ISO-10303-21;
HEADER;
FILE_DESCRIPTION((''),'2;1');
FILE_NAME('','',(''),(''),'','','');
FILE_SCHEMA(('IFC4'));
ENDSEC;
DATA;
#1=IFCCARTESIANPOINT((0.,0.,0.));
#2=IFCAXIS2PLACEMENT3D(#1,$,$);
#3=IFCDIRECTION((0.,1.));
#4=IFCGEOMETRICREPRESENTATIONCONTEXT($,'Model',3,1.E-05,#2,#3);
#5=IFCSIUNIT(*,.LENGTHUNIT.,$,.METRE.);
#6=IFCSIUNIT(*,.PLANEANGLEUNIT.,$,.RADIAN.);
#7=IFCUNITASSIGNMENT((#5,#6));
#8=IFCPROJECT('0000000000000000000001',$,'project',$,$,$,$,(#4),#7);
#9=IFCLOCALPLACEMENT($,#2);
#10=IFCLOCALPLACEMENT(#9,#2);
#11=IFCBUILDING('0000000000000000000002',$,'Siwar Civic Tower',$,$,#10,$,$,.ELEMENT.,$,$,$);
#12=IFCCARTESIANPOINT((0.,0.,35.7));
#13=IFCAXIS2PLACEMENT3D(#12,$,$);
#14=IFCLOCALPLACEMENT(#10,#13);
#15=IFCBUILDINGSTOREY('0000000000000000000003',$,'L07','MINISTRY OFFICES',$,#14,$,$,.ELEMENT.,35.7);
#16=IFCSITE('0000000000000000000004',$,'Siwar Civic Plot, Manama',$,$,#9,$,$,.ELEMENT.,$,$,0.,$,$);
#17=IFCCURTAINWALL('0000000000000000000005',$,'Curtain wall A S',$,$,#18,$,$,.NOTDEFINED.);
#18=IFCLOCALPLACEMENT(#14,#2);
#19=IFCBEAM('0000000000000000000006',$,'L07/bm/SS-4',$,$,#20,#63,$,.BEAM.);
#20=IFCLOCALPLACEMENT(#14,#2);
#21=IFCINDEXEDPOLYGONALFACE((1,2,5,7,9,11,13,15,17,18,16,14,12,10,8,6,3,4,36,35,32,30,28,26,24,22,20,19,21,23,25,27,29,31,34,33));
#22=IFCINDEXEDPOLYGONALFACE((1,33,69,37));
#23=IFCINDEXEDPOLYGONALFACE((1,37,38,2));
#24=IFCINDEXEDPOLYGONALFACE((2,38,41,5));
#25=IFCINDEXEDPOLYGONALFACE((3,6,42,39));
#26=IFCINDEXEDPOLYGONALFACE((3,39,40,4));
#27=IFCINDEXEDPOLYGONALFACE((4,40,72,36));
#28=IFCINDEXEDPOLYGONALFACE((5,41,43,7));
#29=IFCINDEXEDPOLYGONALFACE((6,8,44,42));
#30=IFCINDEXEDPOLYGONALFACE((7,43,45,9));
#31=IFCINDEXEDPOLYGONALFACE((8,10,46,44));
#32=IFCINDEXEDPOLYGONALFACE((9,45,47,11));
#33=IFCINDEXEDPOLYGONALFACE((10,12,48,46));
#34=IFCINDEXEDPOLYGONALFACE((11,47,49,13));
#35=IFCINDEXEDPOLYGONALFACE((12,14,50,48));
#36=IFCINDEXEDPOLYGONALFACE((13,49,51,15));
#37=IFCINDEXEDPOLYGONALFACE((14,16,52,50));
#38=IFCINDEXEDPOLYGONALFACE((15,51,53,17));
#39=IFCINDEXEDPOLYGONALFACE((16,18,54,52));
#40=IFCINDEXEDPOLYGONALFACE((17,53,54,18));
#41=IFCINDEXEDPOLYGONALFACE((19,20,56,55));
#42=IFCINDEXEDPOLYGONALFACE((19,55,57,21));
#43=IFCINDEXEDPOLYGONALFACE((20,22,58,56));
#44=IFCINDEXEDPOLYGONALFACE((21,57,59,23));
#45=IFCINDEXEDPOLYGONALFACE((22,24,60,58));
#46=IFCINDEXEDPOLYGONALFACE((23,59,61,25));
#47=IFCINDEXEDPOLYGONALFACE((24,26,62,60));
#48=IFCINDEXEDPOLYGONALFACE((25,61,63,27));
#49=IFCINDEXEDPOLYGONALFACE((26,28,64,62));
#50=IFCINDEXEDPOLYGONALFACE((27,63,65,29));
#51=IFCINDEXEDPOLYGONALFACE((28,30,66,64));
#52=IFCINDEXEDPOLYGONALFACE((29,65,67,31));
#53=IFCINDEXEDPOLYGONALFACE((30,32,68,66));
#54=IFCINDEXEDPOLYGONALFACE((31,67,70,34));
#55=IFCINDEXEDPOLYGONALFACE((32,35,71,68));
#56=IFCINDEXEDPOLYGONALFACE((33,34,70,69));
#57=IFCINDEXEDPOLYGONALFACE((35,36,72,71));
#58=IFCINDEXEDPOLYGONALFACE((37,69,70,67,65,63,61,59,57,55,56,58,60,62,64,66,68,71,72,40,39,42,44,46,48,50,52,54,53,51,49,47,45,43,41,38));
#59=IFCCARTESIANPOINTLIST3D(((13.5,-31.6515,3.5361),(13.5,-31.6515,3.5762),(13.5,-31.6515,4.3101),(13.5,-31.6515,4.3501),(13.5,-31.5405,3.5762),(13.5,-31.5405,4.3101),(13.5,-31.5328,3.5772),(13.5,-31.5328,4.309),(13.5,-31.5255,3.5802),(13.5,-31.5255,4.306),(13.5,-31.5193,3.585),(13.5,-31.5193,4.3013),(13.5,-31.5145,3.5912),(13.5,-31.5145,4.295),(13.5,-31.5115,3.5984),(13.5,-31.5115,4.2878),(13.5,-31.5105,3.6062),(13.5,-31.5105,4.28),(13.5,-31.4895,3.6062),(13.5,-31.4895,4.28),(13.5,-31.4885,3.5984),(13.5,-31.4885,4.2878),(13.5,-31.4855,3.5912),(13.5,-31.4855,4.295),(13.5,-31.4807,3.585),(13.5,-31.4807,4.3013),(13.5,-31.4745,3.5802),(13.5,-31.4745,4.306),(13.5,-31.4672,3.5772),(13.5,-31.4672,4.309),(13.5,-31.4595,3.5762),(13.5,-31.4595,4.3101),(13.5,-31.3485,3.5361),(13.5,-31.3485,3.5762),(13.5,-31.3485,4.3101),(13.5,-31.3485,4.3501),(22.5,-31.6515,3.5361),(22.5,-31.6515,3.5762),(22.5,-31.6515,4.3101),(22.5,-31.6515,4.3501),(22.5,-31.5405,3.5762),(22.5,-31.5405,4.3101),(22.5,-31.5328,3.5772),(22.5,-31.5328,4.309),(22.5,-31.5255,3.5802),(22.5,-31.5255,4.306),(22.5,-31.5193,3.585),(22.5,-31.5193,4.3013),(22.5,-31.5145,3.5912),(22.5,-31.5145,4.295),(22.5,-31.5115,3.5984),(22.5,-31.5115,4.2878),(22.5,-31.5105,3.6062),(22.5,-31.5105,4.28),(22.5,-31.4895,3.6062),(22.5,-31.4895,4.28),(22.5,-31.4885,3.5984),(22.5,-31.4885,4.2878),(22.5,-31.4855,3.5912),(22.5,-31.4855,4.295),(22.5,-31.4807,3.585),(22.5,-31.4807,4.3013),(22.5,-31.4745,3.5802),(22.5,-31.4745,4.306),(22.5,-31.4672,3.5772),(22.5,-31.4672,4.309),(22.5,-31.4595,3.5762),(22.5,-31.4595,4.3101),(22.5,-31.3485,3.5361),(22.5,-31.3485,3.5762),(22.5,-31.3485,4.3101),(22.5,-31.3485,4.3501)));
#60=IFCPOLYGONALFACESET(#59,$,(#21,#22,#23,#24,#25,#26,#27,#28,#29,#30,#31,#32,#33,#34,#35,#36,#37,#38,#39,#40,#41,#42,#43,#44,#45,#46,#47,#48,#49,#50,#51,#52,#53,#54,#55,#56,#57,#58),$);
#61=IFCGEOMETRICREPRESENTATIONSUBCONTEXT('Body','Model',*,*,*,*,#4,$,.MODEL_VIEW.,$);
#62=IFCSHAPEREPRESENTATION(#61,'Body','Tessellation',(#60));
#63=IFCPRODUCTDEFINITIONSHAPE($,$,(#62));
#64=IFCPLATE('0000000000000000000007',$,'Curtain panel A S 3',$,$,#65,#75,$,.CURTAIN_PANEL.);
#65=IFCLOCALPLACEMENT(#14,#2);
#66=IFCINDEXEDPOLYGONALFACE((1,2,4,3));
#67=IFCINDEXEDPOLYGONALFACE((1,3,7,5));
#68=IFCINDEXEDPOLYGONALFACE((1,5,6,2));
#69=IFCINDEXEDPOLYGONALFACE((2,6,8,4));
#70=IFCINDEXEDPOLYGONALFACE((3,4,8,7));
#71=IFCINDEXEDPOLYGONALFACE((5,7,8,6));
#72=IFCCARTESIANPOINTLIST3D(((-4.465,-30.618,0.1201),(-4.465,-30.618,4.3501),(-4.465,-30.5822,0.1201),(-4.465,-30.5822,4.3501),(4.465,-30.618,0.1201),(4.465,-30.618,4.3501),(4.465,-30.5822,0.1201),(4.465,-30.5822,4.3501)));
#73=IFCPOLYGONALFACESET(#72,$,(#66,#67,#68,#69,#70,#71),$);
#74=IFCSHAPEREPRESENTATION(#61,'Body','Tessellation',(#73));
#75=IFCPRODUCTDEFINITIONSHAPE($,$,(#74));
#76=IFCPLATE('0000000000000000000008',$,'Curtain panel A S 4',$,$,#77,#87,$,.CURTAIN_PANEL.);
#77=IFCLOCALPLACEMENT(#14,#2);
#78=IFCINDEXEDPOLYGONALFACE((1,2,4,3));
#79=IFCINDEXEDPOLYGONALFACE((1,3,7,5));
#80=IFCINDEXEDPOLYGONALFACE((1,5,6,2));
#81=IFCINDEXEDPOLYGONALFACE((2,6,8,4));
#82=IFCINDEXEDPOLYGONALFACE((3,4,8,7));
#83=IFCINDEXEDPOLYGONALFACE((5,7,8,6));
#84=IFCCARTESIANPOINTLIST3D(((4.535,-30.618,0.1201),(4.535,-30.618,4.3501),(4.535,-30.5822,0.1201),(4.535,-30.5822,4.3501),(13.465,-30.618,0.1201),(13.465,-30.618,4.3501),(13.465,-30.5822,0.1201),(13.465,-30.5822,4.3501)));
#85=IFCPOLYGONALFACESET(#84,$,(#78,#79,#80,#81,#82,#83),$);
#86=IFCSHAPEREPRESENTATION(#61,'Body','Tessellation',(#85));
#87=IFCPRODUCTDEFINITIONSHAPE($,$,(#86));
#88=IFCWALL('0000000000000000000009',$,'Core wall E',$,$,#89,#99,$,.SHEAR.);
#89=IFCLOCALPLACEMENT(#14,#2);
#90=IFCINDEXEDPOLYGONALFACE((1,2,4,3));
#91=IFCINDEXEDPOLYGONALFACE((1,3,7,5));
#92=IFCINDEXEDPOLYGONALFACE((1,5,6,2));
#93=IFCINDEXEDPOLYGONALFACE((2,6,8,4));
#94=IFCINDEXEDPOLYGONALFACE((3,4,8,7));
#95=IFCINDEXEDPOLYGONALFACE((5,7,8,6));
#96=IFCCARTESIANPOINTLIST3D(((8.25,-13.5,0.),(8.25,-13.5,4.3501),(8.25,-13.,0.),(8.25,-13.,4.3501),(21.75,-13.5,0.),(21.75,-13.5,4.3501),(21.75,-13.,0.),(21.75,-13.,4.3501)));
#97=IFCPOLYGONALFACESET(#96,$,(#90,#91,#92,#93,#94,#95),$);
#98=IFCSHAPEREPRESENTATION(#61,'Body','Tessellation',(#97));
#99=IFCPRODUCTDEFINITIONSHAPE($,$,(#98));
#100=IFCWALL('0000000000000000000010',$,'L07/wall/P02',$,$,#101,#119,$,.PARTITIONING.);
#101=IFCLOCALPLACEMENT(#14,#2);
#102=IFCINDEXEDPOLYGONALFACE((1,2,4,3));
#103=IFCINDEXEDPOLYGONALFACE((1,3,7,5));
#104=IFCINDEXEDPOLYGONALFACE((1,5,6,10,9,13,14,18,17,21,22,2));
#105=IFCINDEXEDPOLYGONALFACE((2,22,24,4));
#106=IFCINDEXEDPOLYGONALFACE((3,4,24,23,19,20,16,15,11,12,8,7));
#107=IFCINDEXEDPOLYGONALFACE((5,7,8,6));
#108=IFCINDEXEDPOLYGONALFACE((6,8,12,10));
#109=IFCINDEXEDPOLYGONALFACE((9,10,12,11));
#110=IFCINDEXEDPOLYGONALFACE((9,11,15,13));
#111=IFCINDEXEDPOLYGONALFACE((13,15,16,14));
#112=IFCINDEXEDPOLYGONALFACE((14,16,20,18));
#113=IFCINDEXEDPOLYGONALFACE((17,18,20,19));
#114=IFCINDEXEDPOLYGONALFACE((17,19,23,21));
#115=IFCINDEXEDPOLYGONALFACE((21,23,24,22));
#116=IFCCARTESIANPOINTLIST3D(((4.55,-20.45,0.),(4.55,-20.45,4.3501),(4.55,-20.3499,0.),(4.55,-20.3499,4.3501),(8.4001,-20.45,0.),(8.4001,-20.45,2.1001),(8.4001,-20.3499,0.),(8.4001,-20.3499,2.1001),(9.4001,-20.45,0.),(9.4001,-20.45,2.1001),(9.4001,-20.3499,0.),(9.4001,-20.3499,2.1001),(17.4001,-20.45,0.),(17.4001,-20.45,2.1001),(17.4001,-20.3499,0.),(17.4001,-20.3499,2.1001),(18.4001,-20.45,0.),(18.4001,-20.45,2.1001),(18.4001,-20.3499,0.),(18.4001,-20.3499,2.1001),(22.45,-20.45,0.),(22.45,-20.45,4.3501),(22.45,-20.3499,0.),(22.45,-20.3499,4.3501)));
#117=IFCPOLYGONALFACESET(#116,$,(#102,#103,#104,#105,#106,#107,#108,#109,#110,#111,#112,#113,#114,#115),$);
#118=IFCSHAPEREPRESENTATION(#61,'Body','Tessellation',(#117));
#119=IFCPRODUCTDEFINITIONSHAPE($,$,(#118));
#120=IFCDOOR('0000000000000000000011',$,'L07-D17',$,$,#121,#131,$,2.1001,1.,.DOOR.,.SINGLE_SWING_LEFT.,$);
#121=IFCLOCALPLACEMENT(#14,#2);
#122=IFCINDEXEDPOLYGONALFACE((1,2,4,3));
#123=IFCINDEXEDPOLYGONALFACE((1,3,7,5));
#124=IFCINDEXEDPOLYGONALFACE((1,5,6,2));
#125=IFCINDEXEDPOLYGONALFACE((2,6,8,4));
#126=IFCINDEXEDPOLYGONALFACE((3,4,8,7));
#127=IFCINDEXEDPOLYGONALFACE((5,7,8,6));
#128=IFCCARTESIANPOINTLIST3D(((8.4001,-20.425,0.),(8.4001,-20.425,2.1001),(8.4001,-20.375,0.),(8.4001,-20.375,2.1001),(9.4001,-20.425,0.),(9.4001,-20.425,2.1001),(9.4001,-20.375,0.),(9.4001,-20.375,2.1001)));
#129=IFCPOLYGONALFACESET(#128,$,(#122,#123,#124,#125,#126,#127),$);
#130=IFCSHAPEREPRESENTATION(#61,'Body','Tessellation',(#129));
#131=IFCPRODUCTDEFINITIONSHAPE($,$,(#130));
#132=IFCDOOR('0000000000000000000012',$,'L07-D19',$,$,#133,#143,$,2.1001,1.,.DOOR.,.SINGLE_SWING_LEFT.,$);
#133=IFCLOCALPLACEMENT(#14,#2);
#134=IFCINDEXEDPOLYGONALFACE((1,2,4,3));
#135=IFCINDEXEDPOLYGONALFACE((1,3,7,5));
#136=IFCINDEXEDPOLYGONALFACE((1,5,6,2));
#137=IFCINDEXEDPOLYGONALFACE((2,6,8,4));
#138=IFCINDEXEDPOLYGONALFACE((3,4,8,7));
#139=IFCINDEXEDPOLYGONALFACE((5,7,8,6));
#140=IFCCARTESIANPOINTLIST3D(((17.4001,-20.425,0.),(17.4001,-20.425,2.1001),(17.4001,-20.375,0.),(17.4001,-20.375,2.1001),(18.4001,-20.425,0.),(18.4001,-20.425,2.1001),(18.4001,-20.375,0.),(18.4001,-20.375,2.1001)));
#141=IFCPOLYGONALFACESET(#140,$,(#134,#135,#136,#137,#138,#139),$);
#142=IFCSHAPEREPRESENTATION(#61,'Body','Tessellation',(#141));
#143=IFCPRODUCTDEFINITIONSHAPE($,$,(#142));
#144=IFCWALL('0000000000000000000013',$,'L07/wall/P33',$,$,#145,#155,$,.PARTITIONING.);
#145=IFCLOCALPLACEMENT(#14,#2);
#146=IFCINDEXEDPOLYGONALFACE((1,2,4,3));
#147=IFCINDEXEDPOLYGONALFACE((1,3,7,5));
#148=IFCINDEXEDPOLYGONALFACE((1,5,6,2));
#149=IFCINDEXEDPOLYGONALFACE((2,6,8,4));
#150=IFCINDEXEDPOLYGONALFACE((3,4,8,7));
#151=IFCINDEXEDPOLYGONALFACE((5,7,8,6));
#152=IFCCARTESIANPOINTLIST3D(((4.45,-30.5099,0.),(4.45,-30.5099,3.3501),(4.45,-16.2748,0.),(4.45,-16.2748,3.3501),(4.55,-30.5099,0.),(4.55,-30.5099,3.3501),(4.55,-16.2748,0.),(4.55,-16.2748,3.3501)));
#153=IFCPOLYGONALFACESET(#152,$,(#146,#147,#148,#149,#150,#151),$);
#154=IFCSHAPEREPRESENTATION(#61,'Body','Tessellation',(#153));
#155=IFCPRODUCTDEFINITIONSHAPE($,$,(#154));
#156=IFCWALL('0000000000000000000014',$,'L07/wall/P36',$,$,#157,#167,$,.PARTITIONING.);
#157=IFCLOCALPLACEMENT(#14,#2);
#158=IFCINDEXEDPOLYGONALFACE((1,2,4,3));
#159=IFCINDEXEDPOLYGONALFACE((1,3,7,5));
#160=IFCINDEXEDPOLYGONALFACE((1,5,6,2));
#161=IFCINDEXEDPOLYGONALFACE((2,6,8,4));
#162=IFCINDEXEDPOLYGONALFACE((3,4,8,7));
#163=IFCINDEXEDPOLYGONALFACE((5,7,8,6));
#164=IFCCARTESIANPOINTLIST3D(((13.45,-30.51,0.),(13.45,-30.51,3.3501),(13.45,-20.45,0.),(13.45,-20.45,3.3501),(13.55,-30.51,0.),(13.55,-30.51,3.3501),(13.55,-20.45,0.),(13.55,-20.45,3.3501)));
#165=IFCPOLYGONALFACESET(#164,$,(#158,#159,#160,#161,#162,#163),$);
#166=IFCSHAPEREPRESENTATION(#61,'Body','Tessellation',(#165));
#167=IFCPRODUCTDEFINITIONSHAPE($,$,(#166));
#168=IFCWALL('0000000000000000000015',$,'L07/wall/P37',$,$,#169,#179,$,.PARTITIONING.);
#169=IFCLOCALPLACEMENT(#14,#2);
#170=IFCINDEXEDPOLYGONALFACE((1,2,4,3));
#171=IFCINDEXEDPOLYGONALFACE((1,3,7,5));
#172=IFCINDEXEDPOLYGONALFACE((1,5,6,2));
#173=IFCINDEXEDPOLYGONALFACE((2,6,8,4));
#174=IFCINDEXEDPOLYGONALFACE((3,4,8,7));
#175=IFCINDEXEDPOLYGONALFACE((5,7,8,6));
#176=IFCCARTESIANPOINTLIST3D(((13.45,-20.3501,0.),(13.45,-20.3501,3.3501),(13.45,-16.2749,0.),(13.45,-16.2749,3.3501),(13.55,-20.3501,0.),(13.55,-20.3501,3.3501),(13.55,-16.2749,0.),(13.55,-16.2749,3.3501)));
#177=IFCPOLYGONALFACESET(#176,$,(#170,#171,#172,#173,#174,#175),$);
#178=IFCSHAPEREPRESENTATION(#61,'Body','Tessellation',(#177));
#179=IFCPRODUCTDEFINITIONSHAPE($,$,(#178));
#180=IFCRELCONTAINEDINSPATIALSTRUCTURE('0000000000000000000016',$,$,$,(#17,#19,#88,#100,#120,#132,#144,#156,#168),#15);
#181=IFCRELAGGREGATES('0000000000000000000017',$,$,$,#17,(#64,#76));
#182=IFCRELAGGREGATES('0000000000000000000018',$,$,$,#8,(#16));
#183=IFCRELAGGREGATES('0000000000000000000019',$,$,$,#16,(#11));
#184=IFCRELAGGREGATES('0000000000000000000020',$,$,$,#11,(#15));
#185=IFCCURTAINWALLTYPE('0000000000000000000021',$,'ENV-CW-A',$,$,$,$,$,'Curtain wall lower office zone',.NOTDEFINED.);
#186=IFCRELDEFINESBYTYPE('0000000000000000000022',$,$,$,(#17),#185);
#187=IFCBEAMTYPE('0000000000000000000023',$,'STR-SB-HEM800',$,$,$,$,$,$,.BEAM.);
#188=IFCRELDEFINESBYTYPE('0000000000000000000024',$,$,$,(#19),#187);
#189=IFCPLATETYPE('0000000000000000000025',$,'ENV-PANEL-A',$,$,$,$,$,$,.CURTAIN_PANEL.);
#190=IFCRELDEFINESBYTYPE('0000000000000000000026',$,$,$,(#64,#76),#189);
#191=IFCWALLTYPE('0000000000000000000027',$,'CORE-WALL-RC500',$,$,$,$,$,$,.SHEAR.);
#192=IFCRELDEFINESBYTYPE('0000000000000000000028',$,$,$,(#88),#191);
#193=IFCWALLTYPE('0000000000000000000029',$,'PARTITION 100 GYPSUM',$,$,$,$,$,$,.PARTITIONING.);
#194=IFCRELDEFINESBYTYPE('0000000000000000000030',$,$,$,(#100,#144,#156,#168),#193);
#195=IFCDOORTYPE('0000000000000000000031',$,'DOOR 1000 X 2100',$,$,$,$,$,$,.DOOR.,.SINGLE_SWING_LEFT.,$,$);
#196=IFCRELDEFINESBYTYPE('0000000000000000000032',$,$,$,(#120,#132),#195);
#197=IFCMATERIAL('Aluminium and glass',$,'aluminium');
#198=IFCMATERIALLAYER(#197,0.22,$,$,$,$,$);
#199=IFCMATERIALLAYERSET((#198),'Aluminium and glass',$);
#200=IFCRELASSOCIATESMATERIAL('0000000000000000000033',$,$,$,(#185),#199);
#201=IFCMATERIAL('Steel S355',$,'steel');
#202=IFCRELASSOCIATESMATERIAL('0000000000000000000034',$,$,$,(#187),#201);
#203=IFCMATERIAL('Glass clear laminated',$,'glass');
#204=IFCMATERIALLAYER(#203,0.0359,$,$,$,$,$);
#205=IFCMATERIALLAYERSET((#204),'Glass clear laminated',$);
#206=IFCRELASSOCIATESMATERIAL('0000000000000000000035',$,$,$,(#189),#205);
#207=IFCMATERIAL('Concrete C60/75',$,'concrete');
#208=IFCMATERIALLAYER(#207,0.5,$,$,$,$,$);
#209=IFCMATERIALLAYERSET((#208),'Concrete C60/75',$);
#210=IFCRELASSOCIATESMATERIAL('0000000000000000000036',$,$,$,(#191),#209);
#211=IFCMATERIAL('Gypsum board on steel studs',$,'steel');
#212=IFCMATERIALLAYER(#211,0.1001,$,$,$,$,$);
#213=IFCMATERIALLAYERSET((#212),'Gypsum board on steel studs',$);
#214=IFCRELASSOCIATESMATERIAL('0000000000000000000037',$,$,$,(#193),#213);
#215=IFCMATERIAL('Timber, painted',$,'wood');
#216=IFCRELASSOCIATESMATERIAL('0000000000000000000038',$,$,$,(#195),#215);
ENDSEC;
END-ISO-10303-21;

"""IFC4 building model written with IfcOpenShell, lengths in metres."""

from ifc_helpers import new_model, si_unit, direction, frame, frame_2d, origin, origin_2d, place, context, subcontext, project, spatial, rectangle, i_section, extrude, material, layer, layer_set, material_profile, profile_set, type_object, element, fill, aggregate, save


model = new_model("IFC4")

# Units and contexts
model_context = context("Model", 3, precision=1e-05, world=origin(), true_north=direction((0.0, 1.0)))
body_context = subcontext(model_context, "Body", "Model", "MODEL_VIEW")
ifc_project = project(units=[si_unit("LENGTHUNIT", "METRE"), si_unit("PLANEANGLEUNIT", "RADIAN")], contexts=[model_context])

# Site, building, storey
site_placement = place(None, origin())
site = spatial("IfcSite", under=ifc_project, at=site_placement, Name="Siwar Civic Plot, Manama", CompositionType="ELEMENT", RefElevation=0.0)
building_placement = place(site_placement, origin())
building = spatial("IfcBuilding", under=site, at=building_placement, Name="Siwar Civic Tower", CompositionType="ELEMENT")
storey_placement = place(building_placement, frame((0.0, 0.0, 35.7)))
storey = spatial("IfcBuildingStorey", under=building, at=storey_placement, Name="L07", Description="MINISTRY OFFICES", CompositionType="ELEMENT", Elevation=35.7)

# Curtain wall
ifc_material_1 = material(Name="Aluminium and glass", Category="aluminium")
ifc_layer_1 = layer(ifc_material_1, 0.22)
ifc_layer_set_1 = layer_set([ifc_layer_1], Name="Aluminium and glass")
curtain_wall_type = type_object("IfcCurtainWallType", Name="ENV-CW-A", ElementType="Curtain wall lower office zone", PredefinedType="NOTDEFINED", material=ifc_layer_set_1)
curtain_wall_placement = place(storey_placement, origin())
curtain_wall = element("IfcCurtainWall", 1, at=curtain_wall_placement, inside=storey, type_object=curtain_wall_type, Name="Curtain wall A S", PredefinedType="NOTDEFINED")

# Beam
ifc_material_2 = material(Name="Steel S355", Category="steel")
ifc_material_profile_1 = material_profile(ifc_material_2, i_section(OverallWidth=0.303, OverallDepth=0.814, WebThickness=0.021, FlangeThickness=0.04, FilletRadius=0.03, at=origin_2d()), Name="HEM800")
ifc_profile_set_1 = profile_set([ifc_material_profile_1], Name="Steel S355")
beam_type_1 = type_object("IfcBeamType", Name="STR-SB-HEM800", PredefinedType="BEAM", material=ifc_profile_set_1)
for number, where, z_axis, x_axis, name in (
    (2, (13.5, -31.5, 3.9431), (1.0, 0.0, 0.0), (0.0, 1.0, 0.0), "L07/bm/SS-4"),
):
    element("IfcBeam", number, at=place(storey_placement, frame(where, z_axis=z_axis, x_axis=x_axis)), inside=storey, type_object=beam_type_1, Name=name, PredefinedType="BEAM", context=body_context, shape_type="SweptSolid", body=[
        extrude(i_section(OverallWidth=0.303, OverallDepth=0.814, WebThickness=0.021, FlangeThickness=0.04, FilletRadius=0.03, at=origin_2d()), origin(), (0.0, 0.0, 1.0), 9.0),
    ])

# Plates
ifc_material_3 = material(Name="Glass clear laminated", Category="glass")
ifc_layer_2 = layer(ifc_material_3, 0.0359)
ifc_layer_set_2 = layer_set([ifc_layer_2], Name="Glass clear laminated")
plate_type = type_object("IfcPlateType", Name="ENV-PANEL-A", PredefinedType="CURTAIN_PANEL", material=ifc_layer_set_2)
plate_1_placement = place(storey_placement, frame((0.0, -30.6001, 0.1201), z_axis=(0.0, 0.0, 1.0), x_axis=(1.0, 0.0, 0.0)))
plate_1 = element("IfcPlate", 3, at=plate_1_placement, type_object=plate_type, Name="Curtain panel A S 3", PredefinedType="CURTAIN_PANEL", context=body_context, shape_type="SweptSolid", body=[
    extrude(rectangle(XDim=8.9299, YDim=0.0359, at=origin_2d()), origin(), (0.0, 0.0, 1.0), 4.23),
])
plate_2_placement = place(storey_placement, frame((9.0, -30.6001, 0.1201), z_axis=(0.0, 0.0, 1.0), x_axis=(1.0, 0.0, 0.0)))
plate_2 = element("IfcPlate", 4, at=plate_2_placement, type_object=plate_type, Name="Curtain panel A S 4", PredefinedType="CURTAIN_PANEL", context=body_context, shape_type="SweptSolid", body=[
    extrude(rectangle(XDim=8.9299, YDim=0.0359, at=origin_2d()), origin(), (0.0, 0.0, 1.0), 4.23),
])
aggregate(curtain_wall, [plate_1, plate_2])

# Wall
ifc_material_4 = material(Name="Concrete C60/75", Category="concrete")
ifc_layer_3 = layer(ifc_material_4, 0.5)
ifc_layer_set_3 = layer_set([ifc_layer_3], Name="Concrete C60/75")
wall_type_1 = type_object("IfcWallType", Name="CORE-WALL-RC500", PredefinedType="SHEAR", material=ifc_layer_set_3)
wall_1_placement = place(storey_placement, frame((8.25, -13.25, 0.0), z_axis=(0.0, 0.0, 1.0), x_axis=(1.0, 0.0, 0.0)))
element("IfcWall", 5, at=wall_1_placement, inside=storey, type_object=wall_type_1, Name="Core wall E", PredefinedType="SHEAR", context=body_context, shape_type="SweptSolid", body=[
    extrude(rectangle(XDim=13.5, YDim=0.5, at=frame_2d((6.75, 0.0))), origin(), (0.0, 0.0, 1.0), 4.3501),
])

# Wall, openings, doors
ifc_material_5 = material(Name="Gypsum board on steel studs", Category="steel")
ifc_layer_4 = layer(ifc_material_5, 0.1001)
ifc_layer_set_4 = layer_set([ifc_layer_4], Name="Gypsum board on steel studs")
wall_type_2 = type_object("IfcWallType", Name="PARTITION 100 GYPSUM", PredefinedType="PARTITIONING", material=ifc_layer_set_4)
wall_2_placement = place(storey_placement, frame((4.55, -20.3999, 0.0), z_axis=(0.0, 0.0, 1.0), x_axis=(1.0, 0.0, 0.0)))
wall_2 = element("IfcWall", 6, at=wall_2_placement, inside=storey, type_object=wall_type_2, Name="L07/wall/P02", PredefinedType="PARTITIONING", context=body_context, shape_type="SweptSolid", body=[
    extrude(rectangle(XDim=17.8999, YDim=0.1001, at=frame_2d((8.95, 0.0))), origin(), (0.0, 0.0, 1.0), 4.3501),
])
opening_1_placement = place(wall_2_placement, frame((3.8501, 0.0, 0.0)))
opening_1 = element("IfcOpeningElement", 7, at=opening_1_placement, cuts=wall_2, PredefinedType="OPENING", context=body_context, shape_type="SweptSolid", body=[
    extrude(rectangle(XDim=1.0, YDim=2.1001, at=frame_2d((0.5, 1.05))), frame((0.0, 0.0601, 0.0), z_axis=(0.0, -1.0, 0.0), x_axis=(1.0, 0.0, 0.0)), (0.0, 0.0, 1.0), 0.1201),
])
opening_2_placement = place(wall_2_placement, frame((12.8501, 0.0, 0.0)))
opening_2 = element("IfcOpeningElement", 8, at=opening_2_placement, cuts=wall_2, PredefinedType="OPENING", context=body_context, shape_type="SweptSolid", body=[
    extrude(rectangle(XDim=1.0, YDim=2.1001, at=frame_2d((0.5, 1.05))), frame((0.0, 0.0601, 0.0), z_axis=(0.0, -1.0, 0.0), x_axis=(1.0, 0.0, 0.0)), (0.0, 0.0, 1.0), 0.1201),
])
ifc_material_6 = material(Name="Timber, painted", Category="wood")
door_type = type_object("IfcDoorType", Name="DOOR 1000 X 2100", OperationType="SINGLE_SWING_LEFT", PredefinedType="DOOR", material=ifc_material_6)
door_1_placement = place(opening_1_placement, origin())
door_1 = element("IfcDoor", 9, at=door_1_placement, inside=storey, type_object=door_type, Name="L07-D17", OperationType="SINGLE_SWING_LEFT", OverallHeight=2.1001, OverallWidth=1.0, PredefinedType="DOOR", context=body_context, shape_type="SweptSolid", body=[
    extrude(rectangle(XDim=1.0, YDim=2.1001, at=frame_2d((0.5, 1.05))), frame((0.0, 0.0249, 0.0), z_axis=(0.0, -1.0, 0.0), x_axis=(1.0, 0.0, 0.0)), (0.0, 0.0, 1.0), 0.05),
])
fill(opening_1, door_1)
door_2_placement = place(opening_2_placement, origin())
door_2 = element("IfcDoor", 10, at=door_2_placement, inside=storey, type_object=door_type, Name="L07-D19", OperationType="SINGLE_SWING_LEFT", OverallHeight=2.1001, OverallWidth=1.0, PredefinedType="DOOR", context=body_context, shape_type="SweptSolid", body=[
    extrude(rectangle(XDim=1.0, YDim=2.1001, at=frame_2d((0.5, 1.05))), frame((0.0, 0.0249, 0.0), z_axis=(0.0, -1.0, 0.0), x_axis=(1.0, 0.0, 0.0)), (0.0, 0.0, 1.0), 0.05),
])
fill(opening_2, door_2)

# Walls
wall_3_placement = place(storey_placement, frame((4.5, -30.51, 0.0), z_axis=(0.0, 0.0, 1.0), x_axis=(0.0, 1.0, 0.0)))
element("IfcWall", 11, at=wall_3_placement, inside=storey, type_object=wall_type_2, Name="L07/wall/P33", PredefinedType="PARTITIONING", context=body_context, shape_type="SweptSolid", body=[
    extrude(rectangle(XDim=14.2351, YDim=0.1001, at=frame_2d((7.1177, 0.0))), origin(), (0.0, 0.0, 1.0), 3.3501),
])
wall_4_placement = place(storey_placement, frame((13.5, -30.51, 0.0), z_axis=(0.0, 0.0, 1.0), x_axis=(0.0, 1.0, 0.0)))
element("IfcWall", 12, at=wall_4_placement, inside=storey, type_object=wall_type_2, Name="L07/wall/P36", PredefinedType="PARTITIONING", context=body_context, shape_type="SweptSolid", body=[
    extrude(rectangle(XDim=10.0601, YDim=0.1001, at=frame_2d((5.03, 0.0))), origin(), (0.0, 0.0, 1.0), 3.3501),
])
wall_5_placement = place(storey_placement, frame((13.5, -20.3501, 0.0), z_axis=(0.0, 0.0, 1.0), x_axis=(0.0, 1.0, 0.0)))
element("IfcWall", 13, at=wall_5_placement, inside=storey, type_object=wall_type_2, Name="L07/wall/P37", PredefinedType="PARTITIONING", context=body_context, shape_type="SweptSolid", body=[
    extrude(rectangle(XDim=4.0752, YDim=0.1001, at=frame_2d((2.0376, 0.0))), origin(), (0.0, 0.0, 1.0), 3.3501),
])

save(model, "model.ifc")
